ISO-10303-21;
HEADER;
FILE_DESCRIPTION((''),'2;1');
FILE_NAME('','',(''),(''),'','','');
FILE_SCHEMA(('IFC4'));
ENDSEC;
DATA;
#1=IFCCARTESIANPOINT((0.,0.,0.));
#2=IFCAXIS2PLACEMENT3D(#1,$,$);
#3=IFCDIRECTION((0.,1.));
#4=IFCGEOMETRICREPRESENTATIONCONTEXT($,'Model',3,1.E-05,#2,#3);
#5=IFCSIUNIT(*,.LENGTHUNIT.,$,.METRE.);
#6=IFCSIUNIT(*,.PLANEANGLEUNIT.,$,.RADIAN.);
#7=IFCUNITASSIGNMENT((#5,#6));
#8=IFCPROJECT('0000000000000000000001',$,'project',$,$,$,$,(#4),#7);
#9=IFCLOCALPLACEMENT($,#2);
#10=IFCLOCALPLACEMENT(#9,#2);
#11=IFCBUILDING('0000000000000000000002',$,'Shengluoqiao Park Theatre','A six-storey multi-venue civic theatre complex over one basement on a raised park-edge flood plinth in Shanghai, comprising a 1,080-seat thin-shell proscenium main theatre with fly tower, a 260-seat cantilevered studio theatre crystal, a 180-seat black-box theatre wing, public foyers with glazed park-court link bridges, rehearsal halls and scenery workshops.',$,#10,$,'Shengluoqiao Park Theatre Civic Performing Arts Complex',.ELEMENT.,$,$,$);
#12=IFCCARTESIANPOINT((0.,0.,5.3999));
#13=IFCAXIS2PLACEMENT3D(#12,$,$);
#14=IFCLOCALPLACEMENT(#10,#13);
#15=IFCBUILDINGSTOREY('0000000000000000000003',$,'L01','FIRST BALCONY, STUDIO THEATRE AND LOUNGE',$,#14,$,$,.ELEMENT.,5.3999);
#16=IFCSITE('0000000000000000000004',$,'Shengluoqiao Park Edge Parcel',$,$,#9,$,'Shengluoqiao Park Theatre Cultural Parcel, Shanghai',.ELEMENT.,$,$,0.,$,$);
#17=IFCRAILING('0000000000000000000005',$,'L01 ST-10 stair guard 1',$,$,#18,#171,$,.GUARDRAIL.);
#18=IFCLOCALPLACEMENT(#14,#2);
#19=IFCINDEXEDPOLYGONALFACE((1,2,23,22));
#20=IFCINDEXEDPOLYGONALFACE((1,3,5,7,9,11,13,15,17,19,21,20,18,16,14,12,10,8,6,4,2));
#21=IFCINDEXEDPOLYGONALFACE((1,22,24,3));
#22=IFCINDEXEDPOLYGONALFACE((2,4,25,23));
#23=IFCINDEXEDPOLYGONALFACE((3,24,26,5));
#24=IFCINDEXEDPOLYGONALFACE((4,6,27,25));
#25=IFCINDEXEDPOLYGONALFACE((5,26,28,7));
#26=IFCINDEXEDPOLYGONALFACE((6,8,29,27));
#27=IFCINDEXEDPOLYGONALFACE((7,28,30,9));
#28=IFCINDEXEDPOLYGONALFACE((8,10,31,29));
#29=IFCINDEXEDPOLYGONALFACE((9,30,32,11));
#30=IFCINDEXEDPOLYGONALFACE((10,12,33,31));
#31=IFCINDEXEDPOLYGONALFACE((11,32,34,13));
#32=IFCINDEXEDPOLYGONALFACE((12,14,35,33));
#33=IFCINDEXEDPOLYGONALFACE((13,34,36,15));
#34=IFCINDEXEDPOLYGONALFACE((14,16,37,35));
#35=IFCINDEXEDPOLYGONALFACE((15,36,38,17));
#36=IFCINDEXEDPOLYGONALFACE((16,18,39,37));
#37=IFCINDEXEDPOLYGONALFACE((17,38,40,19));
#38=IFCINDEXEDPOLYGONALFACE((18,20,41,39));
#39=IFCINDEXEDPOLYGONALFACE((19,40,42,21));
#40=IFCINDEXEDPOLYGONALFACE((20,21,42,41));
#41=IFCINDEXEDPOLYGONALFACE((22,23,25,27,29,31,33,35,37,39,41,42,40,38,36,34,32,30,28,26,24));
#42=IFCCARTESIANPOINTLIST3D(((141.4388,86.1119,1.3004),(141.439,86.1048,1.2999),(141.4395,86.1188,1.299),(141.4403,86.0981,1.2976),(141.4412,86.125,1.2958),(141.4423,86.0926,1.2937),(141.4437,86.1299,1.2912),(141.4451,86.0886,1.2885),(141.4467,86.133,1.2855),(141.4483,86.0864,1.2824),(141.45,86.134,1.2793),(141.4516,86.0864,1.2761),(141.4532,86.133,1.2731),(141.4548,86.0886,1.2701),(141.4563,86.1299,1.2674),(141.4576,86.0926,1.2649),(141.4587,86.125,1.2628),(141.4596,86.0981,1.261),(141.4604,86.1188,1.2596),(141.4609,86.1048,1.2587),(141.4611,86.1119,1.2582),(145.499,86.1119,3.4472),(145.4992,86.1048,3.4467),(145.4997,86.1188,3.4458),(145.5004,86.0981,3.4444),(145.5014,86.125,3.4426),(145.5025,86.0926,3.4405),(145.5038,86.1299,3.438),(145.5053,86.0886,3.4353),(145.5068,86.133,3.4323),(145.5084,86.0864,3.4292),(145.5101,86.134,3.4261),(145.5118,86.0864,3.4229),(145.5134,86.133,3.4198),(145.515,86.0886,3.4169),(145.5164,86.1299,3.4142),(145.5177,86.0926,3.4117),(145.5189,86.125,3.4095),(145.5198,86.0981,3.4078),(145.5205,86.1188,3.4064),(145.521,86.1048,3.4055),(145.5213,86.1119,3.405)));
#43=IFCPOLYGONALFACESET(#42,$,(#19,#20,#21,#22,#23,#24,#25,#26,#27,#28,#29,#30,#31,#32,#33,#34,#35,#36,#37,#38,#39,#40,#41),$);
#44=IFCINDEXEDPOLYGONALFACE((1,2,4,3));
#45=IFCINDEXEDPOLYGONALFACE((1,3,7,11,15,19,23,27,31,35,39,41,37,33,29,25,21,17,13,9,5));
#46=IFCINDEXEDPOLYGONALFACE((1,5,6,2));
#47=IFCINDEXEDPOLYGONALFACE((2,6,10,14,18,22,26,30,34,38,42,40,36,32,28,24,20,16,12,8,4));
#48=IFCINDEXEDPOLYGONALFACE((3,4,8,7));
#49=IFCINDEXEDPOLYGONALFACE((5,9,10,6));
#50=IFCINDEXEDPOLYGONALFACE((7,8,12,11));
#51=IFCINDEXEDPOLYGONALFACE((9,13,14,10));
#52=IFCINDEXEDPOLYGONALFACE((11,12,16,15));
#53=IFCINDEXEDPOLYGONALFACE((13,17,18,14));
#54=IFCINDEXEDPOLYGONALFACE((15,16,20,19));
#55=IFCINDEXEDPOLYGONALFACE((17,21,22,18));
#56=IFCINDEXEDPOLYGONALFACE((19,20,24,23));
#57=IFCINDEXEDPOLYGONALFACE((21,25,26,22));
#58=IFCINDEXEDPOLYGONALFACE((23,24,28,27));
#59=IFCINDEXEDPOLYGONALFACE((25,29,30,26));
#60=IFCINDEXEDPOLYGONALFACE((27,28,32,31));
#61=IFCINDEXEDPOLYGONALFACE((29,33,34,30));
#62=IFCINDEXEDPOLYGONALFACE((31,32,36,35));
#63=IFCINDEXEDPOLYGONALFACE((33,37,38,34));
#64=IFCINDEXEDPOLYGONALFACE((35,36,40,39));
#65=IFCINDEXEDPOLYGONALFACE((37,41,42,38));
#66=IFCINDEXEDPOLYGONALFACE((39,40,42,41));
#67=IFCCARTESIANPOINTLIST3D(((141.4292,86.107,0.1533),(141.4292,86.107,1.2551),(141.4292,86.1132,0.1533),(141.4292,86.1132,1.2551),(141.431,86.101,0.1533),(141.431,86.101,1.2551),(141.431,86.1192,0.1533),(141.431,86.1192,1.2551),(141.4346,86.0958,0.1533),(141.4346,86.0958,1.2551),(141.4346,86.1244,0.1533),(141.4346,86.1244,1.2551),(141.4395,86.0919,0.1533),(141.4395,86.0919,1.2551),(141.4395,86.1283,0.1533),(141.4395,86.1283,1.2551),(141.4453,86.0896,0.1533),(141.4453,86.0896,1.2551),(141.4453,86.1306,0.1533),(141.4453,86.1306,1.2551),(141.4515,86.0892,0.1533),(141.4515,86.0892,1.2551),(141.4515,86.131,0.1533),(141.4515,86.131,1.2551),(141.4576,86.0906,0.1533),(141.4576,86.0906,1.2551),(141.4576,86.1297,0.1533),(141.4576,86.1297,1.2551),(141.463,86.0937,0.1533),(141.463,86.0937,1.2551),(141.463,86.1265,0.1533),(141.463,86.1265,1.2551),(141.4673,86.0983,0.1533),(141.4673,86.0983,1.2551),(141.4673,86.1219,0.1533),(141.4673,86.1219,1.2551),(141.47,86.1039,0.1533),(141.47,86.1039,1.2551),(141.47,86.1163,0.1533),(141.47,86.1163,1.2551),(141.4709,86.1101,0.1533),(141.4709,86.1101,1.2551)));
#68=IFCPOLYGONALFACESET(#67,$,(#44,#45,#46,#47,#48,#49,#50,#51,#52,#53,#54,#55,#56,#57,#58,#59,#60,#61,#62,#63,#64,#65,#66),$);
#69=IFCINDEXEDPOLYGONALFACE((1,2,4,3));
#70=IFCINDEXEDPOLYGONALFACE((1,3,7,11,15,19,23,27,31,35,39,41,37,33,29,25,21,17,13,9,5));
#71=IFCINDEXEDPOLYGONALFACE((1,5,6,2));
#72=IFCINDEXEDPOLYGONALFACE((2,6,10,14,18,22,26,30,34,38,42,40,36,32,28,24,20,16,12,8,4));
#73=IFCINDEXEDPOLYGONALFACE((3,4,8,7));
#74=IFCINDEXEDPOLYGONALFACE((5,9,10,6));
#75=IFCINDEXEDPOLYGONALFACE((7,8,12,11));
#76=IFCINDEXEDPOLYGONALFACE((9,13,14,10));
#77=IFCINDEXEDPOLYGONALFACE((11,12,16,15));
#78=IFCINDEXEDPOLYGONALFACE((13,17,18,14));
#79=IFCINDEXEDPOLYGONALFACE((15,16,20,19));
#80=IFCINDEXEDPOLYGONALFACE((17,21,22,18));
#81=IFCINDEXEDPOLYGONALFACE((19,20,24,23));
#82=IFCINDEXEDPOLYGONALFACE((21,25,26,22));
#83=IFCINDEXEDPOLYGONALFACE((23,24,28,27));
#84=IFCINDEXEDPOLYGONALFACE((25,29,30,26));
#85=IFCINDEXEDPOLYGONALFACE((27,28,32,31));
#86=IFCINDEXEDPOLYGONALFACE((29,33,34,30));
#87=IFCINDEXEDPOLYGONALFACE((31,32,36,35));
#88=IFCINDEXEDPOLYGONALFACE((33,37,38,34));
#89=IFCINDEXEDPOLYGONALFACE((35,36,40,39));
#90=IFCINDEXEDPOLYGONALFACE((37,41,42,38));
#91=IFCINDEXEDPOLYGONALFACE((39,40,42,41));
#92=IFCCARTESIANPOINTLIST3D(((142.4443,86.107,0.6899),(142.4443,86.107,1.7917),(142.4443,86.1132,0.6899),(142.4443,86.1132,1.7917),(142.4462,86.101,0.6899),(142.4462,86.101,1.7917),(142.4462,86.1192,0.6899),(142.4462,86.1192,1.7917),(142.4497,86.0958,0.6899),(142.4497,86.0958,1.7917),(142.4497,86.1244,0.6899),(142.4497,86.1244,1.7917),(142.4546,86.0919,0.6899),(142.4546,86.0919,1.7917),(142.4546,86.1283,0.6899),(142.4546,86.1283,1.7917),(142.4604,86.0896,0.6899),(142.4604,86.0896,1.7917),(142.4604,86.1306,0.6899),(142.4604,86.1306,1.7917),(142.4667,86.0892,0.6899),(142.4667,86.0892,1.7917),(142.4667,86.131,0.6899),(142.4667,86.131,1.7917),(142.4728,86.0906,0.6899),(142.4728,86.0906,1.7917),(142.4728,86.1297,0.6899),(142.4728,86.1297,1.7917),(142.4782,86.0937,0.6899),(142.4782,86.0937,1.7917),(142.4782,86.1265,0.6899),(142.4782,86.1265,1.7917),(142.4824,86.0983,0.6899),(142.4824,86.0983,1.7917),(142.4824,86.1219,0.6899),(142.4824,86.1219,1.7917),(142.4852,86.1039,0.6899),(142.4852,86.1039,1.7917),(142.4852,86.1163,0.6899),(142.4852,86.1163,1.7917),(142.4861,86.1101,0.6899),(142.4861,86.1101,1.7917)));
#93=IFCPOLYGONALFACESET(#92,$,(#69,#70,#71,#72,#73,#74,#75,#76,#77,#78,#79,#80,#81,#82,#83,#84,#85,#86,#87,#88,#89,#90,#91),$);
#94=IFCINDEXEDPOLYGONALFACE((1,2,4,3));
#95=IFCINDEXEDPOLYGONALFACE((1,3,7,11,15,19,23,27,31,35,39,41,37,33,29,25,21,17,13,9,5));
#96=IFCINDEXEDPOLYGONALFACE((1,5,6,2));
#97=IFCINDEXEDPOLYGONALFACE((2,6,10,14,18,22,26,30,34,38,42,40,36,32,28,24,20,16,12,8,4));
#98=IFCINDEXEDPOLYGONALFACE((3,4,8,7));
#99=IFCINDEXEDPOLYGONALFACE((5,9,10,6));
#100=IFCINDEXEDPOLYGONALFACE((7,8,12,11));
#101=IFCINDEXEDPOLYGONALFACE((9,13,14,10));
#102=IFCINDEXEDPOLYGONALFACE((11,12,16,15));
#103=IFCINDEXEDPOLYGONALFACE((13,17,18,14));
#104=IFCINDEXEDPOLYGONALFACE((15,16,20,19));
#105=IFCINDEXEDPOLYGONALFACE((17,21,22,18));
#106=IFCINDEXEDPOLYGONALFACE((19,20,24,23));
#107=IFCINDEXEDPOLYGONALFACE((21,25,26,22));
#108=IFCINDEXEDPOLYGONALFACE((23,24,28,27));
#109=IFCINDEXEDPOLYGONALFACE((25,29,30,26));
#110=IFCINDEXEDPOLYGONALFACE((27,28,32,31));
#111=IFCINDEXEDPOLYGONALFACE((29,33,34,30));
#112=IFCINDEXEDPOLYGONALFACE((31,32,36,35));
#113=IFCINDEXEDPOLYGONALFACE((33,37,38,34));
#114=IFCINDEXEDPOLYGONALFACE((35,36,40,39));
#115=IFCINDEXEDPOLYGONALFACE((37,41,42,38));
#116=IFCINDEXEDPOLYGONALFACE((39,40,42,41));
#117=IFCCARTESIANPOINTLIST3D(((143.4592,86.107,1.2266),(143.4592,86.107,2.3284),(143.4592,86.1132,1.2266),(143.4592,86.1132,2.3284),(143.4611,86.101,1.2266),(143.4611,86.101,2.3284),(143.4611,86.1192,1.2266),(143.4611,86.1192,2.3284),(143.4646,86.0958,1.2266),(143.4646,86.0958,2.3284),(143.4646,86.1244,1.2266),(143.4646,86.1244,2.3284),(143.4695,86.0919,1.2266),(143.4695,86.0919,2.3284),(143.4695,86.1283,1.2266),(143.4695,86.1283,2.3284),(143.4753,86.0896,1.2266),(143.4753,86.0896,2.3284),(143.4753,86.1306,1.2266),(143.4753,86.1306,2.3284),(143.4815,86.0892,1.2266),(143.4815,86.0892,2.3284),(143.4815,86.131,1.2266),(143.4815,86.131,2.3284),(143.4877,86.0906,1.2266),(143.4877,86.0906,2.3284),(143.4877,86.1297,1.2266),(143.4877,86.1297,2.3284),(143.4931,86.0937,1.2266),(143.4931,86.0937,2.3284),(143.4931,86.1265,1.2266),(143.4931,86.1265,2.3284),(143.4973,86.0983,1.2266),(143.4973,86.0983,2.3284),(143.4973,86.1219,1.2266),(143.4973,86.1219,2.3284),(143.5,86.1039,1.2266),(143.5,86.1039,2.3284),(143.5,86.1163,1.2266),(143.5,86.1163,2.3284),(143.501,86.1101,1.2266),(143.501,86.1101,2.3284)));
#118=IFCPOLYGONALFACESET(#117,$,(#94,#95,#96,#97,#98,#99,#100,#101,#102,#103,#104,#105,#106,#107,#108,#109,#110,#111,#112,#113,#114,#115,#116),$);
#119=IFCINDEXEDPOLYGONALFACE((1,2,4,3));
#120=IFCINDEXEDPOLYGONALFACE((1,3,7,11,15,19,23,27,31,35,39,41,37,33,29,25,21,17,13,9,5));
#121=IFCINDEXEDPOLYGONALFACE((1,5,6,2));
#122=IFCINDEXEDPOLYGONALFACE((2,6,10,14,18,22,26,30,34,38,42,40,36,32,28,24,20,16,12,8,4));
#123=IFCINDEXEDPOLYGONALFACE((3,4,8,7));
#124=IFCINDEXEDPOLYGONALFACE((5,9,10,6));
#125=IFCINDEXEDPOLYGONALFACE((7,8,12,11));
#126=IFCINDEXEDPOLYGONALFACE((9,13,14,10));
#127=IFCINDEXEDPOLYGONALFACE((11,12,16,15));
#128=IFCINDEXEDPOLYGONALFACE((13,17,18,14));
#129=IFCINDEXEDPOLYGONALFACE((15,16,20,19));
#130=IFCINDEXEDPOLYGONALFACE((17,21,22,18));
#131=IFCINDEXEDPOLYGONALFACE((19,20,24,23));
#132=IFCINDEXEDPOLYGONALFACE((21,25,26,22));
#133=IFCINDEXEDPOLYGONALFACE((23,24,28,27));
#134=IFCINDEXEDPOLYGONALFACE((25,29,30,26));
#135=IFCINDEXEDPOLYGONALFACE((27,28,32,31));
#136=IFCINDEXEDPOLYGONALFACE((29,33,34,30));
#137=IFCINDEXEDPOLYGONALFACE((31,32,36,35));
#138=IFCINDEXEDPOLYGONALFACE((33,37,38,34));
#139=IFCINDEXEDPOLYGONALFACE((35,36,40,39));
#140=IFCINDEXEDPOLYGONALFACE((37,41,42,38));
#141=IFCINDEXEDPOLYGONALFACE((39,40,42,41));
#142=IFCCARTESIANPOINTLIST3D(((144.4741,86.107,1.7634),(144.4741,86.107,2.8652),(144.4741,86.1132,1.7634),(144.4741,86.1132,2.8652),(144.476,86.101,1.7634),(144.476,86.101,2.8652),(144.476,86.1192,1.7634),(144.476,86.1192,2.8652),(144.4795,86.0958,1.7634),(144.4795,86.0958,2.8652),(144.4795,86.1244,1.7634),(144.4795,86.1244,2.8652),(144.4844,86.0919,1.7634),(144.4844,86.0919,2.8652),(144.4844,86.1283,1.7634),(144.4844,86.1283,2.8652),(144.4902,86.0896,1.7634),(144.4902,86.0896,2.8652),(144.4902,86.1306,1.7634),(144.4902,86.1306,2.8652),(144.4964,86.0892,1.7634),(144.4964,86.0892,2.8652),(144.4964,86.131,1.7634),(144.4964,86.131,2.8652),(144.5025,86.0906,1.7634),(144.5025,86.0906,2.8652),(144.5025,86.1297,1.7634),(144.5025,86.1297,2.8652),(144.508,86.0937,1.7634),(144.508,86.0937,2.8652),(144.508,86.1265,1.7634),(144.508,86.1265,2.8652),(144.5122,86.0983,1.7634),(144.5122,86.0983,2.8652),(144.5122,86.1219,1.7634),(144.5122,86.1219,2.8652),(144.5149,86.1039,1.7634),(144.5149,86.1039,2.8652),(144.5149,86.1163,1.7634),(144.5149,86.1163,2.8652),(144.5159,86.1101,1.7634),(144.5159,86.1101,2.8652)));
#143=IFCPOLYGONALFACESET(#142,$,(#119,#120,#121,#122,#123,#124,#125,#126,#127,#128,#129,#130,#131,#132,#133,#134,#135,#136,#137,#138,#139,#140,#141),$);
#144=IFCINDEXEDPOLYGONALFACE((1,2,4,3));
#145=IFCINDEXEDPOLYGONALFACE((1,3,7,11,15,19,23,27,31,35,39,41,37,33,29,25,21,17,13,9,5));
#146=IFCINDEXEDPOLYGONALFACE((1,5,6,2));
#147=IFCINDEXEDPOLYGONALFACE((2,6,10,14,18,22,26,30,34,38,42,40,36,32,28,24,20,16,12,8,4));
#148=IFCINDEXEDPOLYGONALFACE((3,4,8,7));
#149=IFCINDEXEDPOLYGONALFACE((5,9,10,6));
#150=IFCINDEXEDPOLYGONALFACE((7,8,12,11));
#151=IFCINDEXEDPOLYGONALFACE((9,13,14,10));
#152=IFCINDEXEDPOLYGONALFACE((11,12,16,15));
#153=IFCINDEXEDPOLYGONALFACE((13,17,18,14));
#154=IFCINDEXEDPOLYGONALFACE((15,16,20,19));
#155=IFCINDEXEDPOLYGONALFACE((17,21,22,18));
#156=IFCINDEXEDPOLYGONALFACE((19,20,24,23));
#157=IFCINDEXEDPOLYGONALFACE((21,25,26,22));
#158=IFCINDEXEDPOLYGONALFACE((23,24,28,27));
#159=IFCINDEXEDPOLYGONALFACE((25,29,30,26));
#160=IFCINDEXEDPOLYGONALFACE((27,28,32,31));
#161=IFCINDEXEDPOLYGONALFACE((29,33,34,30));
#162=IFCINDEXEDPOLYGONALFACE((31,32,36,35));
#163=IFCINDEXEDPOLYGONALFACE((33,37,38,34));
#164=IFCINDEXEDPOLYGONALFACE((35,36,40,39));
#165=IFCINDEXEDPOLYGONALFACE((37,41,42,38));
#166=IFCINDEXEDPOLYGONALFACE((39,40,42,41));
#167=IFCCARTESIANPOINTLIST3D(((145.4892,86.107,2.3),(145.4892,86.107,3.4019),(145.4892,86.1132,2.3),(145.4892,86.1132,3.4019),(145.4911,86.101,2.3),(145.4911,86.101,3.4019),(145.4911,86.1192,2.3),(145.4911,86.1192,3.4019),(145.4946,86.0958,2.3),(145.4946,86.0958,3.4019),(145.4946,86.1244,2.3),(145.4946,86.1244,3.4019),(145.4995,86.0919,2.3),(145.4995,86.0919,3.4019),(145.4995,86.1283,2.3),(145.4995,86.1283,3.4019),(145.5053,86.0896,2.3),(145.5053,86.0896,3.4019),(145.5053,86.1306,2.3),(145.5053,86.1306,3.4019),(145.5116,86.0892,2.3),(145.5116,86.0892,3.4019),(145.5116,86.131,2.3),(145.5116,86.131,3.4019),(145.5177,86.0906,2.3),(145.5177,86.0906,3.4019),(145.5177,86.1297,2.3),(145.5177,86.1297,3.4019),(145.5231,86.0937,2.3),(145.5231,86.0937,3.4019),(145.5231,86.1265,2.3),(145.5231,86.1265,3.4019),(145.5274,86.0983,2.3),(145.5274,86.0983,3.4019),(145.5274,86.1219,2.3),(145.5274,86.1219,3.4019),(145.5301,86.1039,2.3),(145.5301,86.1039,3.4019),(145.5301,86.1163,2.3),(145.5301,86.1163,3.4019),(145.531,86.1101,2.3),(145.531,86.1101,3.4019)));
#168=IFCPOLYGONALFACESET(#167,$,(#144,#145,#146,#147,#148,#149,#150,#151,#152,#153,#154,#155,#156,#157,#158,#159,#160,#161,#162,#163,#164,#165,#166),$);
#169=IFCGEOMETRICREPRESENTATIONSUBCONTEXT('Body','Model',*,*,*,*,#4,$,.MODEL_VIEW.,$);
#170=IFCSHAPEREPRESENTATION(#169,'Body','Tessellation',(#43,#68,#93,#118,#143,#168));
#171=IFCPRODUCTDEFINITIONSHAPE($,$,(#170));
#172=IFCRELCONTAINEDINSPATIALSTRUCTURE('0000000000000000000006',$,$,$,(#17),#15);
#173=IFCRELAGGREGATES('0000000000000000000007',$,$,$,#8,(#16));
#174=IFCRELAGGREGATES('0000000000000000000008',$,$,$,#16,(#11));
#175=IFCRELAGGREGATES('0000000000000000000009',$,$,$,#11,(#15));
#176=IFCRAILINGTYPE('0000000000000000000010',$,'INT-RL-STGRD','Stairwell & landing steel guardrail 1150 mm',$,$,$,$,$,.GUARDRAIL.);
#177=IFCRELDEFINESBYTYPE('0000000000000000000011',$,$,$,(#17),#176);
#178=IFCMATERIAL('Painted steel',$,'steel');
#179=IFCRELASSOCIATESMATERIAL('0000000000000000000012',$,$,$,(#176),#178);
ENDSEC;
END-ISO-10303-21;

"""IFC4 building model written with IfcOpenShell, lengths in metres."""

from ifc_helpers import new_model, si_unit, direction, frame, origin, origin_2d, place, context, subcontext, project, spatial, circle, extrude, material, type_object, element, save


model = new_model("IFC4")

# Units and contexts
model_context = context("Model", 3, precision=1e-05, world=origin(), true_north=direction((0.0, 1.0)))
body_context = subcontext(model_context, "Body", "Model", "MODEL_VIEW")
ifc_project = project(units=[si_unit("LENGTHUNIT", "METRE"), si_unit("PLANEANGLEUNIT", "RADIAN")], contexts=[model_context])

# Site, building, storey
site_placement = place(None, origin())
site = spatial("IfcSite", under=ifc_project, at=site_placement, Name="Shengluoqiao Park Edge Parcel", LongName="Shengluoqiao Park Theatre Cultural Parcel, Shanghai", CompositionType="ELEMENT", RefElevation=0.0)
building_placement = place(site_placement, origin())
building = spatial("IfcBuilding", under=site, at=building_placement, Name="Shengluoqiao Park Theatre", Description="A six-storey multi-venue civic theatre complex over one basement on a raised park-edge flood plinth in Shanghai, comprising a 1,080-seat thin-shell proscenium main theatre with fly tower, a 260-seat cantilevered studio theatre crystal, a 180-seat black-box theatre wing, public foyers with glazed park-court link bridges, rehearsal halls and scenery workshops.", LongName="Shengluoqiao Park Theatre Civic Performing Arts Complex", CompositionType="ELEMENT")
storey_placement = place(building_placement, frame((0.0, 0.0, 5.3999)))
storey = spatial("IfcBuildingStorey", under=building, at=storey_placement, Name="L01", Description="FIRST BALCONY, STUDIO THEATRE AND LOUNGE", CompositionType="ELEMENT", Elevation=5.3999)

# Railing
ifc_material_1 = material(Name="Painted steel", Category="steel")
railing_type_1 = type_object("IfcRailingType", Name="INT-RL-STGRD", Description="Stairwell & landing steel guardrail 1150 mm", PredefinedType="GUARDRAIL", material=ifc_material_1)
railing_1_placement = place(storey_placement, frame((141.45, 86.1101, 0.1533)))
element("IfcRailing", 1, at=railing_1_placement, inside=storey, type_object=railing_type_1, Name="L01 ST-10 stair guard 1", PredefinedType="GUARDRAIL", context=body_context, shape_type="SweptSolid", body=[
    extrude(circle(Radius=0.0239, at=origin_2d()), frame((0.0, 0.0, 1.126), z_axis=(0.884032, 0.0, 0.467426), x_axis=(0.0, 1.0, 0.0)), (0.0, 0.0, 1.0), 4.5928),
    extrude(circle(Radius=0.021, at=origin_2d()), origin(), (0.0, 0.0, 1.0), 1.1018),
    extrude(circle(Radius=0.021, at=origin_2d()), frame((1.0151, 0.0, 0.5366)), (0.0, 0.0, 1.0), 1.1018),
    extrude(circle(Radius=0.021, at=origin_2d()), frame((2.03, 0.0, 1.0732)), (0.0, 0.0, 1.0), 1.1018),
    extrude(circle(Radius=0.021, at=origin_2d()), frame((3.0449, 0.0, 1.6101)), (0.0, 0.0, 1.0), 1.1018),
    extrude(circle(Radius=0.021, at=origin_2d()), frame((4.0601, 0.0, 2.1467)), (0.0, 0.0, 1.0), 1.1018),
])

save(model, "model.ifc")
